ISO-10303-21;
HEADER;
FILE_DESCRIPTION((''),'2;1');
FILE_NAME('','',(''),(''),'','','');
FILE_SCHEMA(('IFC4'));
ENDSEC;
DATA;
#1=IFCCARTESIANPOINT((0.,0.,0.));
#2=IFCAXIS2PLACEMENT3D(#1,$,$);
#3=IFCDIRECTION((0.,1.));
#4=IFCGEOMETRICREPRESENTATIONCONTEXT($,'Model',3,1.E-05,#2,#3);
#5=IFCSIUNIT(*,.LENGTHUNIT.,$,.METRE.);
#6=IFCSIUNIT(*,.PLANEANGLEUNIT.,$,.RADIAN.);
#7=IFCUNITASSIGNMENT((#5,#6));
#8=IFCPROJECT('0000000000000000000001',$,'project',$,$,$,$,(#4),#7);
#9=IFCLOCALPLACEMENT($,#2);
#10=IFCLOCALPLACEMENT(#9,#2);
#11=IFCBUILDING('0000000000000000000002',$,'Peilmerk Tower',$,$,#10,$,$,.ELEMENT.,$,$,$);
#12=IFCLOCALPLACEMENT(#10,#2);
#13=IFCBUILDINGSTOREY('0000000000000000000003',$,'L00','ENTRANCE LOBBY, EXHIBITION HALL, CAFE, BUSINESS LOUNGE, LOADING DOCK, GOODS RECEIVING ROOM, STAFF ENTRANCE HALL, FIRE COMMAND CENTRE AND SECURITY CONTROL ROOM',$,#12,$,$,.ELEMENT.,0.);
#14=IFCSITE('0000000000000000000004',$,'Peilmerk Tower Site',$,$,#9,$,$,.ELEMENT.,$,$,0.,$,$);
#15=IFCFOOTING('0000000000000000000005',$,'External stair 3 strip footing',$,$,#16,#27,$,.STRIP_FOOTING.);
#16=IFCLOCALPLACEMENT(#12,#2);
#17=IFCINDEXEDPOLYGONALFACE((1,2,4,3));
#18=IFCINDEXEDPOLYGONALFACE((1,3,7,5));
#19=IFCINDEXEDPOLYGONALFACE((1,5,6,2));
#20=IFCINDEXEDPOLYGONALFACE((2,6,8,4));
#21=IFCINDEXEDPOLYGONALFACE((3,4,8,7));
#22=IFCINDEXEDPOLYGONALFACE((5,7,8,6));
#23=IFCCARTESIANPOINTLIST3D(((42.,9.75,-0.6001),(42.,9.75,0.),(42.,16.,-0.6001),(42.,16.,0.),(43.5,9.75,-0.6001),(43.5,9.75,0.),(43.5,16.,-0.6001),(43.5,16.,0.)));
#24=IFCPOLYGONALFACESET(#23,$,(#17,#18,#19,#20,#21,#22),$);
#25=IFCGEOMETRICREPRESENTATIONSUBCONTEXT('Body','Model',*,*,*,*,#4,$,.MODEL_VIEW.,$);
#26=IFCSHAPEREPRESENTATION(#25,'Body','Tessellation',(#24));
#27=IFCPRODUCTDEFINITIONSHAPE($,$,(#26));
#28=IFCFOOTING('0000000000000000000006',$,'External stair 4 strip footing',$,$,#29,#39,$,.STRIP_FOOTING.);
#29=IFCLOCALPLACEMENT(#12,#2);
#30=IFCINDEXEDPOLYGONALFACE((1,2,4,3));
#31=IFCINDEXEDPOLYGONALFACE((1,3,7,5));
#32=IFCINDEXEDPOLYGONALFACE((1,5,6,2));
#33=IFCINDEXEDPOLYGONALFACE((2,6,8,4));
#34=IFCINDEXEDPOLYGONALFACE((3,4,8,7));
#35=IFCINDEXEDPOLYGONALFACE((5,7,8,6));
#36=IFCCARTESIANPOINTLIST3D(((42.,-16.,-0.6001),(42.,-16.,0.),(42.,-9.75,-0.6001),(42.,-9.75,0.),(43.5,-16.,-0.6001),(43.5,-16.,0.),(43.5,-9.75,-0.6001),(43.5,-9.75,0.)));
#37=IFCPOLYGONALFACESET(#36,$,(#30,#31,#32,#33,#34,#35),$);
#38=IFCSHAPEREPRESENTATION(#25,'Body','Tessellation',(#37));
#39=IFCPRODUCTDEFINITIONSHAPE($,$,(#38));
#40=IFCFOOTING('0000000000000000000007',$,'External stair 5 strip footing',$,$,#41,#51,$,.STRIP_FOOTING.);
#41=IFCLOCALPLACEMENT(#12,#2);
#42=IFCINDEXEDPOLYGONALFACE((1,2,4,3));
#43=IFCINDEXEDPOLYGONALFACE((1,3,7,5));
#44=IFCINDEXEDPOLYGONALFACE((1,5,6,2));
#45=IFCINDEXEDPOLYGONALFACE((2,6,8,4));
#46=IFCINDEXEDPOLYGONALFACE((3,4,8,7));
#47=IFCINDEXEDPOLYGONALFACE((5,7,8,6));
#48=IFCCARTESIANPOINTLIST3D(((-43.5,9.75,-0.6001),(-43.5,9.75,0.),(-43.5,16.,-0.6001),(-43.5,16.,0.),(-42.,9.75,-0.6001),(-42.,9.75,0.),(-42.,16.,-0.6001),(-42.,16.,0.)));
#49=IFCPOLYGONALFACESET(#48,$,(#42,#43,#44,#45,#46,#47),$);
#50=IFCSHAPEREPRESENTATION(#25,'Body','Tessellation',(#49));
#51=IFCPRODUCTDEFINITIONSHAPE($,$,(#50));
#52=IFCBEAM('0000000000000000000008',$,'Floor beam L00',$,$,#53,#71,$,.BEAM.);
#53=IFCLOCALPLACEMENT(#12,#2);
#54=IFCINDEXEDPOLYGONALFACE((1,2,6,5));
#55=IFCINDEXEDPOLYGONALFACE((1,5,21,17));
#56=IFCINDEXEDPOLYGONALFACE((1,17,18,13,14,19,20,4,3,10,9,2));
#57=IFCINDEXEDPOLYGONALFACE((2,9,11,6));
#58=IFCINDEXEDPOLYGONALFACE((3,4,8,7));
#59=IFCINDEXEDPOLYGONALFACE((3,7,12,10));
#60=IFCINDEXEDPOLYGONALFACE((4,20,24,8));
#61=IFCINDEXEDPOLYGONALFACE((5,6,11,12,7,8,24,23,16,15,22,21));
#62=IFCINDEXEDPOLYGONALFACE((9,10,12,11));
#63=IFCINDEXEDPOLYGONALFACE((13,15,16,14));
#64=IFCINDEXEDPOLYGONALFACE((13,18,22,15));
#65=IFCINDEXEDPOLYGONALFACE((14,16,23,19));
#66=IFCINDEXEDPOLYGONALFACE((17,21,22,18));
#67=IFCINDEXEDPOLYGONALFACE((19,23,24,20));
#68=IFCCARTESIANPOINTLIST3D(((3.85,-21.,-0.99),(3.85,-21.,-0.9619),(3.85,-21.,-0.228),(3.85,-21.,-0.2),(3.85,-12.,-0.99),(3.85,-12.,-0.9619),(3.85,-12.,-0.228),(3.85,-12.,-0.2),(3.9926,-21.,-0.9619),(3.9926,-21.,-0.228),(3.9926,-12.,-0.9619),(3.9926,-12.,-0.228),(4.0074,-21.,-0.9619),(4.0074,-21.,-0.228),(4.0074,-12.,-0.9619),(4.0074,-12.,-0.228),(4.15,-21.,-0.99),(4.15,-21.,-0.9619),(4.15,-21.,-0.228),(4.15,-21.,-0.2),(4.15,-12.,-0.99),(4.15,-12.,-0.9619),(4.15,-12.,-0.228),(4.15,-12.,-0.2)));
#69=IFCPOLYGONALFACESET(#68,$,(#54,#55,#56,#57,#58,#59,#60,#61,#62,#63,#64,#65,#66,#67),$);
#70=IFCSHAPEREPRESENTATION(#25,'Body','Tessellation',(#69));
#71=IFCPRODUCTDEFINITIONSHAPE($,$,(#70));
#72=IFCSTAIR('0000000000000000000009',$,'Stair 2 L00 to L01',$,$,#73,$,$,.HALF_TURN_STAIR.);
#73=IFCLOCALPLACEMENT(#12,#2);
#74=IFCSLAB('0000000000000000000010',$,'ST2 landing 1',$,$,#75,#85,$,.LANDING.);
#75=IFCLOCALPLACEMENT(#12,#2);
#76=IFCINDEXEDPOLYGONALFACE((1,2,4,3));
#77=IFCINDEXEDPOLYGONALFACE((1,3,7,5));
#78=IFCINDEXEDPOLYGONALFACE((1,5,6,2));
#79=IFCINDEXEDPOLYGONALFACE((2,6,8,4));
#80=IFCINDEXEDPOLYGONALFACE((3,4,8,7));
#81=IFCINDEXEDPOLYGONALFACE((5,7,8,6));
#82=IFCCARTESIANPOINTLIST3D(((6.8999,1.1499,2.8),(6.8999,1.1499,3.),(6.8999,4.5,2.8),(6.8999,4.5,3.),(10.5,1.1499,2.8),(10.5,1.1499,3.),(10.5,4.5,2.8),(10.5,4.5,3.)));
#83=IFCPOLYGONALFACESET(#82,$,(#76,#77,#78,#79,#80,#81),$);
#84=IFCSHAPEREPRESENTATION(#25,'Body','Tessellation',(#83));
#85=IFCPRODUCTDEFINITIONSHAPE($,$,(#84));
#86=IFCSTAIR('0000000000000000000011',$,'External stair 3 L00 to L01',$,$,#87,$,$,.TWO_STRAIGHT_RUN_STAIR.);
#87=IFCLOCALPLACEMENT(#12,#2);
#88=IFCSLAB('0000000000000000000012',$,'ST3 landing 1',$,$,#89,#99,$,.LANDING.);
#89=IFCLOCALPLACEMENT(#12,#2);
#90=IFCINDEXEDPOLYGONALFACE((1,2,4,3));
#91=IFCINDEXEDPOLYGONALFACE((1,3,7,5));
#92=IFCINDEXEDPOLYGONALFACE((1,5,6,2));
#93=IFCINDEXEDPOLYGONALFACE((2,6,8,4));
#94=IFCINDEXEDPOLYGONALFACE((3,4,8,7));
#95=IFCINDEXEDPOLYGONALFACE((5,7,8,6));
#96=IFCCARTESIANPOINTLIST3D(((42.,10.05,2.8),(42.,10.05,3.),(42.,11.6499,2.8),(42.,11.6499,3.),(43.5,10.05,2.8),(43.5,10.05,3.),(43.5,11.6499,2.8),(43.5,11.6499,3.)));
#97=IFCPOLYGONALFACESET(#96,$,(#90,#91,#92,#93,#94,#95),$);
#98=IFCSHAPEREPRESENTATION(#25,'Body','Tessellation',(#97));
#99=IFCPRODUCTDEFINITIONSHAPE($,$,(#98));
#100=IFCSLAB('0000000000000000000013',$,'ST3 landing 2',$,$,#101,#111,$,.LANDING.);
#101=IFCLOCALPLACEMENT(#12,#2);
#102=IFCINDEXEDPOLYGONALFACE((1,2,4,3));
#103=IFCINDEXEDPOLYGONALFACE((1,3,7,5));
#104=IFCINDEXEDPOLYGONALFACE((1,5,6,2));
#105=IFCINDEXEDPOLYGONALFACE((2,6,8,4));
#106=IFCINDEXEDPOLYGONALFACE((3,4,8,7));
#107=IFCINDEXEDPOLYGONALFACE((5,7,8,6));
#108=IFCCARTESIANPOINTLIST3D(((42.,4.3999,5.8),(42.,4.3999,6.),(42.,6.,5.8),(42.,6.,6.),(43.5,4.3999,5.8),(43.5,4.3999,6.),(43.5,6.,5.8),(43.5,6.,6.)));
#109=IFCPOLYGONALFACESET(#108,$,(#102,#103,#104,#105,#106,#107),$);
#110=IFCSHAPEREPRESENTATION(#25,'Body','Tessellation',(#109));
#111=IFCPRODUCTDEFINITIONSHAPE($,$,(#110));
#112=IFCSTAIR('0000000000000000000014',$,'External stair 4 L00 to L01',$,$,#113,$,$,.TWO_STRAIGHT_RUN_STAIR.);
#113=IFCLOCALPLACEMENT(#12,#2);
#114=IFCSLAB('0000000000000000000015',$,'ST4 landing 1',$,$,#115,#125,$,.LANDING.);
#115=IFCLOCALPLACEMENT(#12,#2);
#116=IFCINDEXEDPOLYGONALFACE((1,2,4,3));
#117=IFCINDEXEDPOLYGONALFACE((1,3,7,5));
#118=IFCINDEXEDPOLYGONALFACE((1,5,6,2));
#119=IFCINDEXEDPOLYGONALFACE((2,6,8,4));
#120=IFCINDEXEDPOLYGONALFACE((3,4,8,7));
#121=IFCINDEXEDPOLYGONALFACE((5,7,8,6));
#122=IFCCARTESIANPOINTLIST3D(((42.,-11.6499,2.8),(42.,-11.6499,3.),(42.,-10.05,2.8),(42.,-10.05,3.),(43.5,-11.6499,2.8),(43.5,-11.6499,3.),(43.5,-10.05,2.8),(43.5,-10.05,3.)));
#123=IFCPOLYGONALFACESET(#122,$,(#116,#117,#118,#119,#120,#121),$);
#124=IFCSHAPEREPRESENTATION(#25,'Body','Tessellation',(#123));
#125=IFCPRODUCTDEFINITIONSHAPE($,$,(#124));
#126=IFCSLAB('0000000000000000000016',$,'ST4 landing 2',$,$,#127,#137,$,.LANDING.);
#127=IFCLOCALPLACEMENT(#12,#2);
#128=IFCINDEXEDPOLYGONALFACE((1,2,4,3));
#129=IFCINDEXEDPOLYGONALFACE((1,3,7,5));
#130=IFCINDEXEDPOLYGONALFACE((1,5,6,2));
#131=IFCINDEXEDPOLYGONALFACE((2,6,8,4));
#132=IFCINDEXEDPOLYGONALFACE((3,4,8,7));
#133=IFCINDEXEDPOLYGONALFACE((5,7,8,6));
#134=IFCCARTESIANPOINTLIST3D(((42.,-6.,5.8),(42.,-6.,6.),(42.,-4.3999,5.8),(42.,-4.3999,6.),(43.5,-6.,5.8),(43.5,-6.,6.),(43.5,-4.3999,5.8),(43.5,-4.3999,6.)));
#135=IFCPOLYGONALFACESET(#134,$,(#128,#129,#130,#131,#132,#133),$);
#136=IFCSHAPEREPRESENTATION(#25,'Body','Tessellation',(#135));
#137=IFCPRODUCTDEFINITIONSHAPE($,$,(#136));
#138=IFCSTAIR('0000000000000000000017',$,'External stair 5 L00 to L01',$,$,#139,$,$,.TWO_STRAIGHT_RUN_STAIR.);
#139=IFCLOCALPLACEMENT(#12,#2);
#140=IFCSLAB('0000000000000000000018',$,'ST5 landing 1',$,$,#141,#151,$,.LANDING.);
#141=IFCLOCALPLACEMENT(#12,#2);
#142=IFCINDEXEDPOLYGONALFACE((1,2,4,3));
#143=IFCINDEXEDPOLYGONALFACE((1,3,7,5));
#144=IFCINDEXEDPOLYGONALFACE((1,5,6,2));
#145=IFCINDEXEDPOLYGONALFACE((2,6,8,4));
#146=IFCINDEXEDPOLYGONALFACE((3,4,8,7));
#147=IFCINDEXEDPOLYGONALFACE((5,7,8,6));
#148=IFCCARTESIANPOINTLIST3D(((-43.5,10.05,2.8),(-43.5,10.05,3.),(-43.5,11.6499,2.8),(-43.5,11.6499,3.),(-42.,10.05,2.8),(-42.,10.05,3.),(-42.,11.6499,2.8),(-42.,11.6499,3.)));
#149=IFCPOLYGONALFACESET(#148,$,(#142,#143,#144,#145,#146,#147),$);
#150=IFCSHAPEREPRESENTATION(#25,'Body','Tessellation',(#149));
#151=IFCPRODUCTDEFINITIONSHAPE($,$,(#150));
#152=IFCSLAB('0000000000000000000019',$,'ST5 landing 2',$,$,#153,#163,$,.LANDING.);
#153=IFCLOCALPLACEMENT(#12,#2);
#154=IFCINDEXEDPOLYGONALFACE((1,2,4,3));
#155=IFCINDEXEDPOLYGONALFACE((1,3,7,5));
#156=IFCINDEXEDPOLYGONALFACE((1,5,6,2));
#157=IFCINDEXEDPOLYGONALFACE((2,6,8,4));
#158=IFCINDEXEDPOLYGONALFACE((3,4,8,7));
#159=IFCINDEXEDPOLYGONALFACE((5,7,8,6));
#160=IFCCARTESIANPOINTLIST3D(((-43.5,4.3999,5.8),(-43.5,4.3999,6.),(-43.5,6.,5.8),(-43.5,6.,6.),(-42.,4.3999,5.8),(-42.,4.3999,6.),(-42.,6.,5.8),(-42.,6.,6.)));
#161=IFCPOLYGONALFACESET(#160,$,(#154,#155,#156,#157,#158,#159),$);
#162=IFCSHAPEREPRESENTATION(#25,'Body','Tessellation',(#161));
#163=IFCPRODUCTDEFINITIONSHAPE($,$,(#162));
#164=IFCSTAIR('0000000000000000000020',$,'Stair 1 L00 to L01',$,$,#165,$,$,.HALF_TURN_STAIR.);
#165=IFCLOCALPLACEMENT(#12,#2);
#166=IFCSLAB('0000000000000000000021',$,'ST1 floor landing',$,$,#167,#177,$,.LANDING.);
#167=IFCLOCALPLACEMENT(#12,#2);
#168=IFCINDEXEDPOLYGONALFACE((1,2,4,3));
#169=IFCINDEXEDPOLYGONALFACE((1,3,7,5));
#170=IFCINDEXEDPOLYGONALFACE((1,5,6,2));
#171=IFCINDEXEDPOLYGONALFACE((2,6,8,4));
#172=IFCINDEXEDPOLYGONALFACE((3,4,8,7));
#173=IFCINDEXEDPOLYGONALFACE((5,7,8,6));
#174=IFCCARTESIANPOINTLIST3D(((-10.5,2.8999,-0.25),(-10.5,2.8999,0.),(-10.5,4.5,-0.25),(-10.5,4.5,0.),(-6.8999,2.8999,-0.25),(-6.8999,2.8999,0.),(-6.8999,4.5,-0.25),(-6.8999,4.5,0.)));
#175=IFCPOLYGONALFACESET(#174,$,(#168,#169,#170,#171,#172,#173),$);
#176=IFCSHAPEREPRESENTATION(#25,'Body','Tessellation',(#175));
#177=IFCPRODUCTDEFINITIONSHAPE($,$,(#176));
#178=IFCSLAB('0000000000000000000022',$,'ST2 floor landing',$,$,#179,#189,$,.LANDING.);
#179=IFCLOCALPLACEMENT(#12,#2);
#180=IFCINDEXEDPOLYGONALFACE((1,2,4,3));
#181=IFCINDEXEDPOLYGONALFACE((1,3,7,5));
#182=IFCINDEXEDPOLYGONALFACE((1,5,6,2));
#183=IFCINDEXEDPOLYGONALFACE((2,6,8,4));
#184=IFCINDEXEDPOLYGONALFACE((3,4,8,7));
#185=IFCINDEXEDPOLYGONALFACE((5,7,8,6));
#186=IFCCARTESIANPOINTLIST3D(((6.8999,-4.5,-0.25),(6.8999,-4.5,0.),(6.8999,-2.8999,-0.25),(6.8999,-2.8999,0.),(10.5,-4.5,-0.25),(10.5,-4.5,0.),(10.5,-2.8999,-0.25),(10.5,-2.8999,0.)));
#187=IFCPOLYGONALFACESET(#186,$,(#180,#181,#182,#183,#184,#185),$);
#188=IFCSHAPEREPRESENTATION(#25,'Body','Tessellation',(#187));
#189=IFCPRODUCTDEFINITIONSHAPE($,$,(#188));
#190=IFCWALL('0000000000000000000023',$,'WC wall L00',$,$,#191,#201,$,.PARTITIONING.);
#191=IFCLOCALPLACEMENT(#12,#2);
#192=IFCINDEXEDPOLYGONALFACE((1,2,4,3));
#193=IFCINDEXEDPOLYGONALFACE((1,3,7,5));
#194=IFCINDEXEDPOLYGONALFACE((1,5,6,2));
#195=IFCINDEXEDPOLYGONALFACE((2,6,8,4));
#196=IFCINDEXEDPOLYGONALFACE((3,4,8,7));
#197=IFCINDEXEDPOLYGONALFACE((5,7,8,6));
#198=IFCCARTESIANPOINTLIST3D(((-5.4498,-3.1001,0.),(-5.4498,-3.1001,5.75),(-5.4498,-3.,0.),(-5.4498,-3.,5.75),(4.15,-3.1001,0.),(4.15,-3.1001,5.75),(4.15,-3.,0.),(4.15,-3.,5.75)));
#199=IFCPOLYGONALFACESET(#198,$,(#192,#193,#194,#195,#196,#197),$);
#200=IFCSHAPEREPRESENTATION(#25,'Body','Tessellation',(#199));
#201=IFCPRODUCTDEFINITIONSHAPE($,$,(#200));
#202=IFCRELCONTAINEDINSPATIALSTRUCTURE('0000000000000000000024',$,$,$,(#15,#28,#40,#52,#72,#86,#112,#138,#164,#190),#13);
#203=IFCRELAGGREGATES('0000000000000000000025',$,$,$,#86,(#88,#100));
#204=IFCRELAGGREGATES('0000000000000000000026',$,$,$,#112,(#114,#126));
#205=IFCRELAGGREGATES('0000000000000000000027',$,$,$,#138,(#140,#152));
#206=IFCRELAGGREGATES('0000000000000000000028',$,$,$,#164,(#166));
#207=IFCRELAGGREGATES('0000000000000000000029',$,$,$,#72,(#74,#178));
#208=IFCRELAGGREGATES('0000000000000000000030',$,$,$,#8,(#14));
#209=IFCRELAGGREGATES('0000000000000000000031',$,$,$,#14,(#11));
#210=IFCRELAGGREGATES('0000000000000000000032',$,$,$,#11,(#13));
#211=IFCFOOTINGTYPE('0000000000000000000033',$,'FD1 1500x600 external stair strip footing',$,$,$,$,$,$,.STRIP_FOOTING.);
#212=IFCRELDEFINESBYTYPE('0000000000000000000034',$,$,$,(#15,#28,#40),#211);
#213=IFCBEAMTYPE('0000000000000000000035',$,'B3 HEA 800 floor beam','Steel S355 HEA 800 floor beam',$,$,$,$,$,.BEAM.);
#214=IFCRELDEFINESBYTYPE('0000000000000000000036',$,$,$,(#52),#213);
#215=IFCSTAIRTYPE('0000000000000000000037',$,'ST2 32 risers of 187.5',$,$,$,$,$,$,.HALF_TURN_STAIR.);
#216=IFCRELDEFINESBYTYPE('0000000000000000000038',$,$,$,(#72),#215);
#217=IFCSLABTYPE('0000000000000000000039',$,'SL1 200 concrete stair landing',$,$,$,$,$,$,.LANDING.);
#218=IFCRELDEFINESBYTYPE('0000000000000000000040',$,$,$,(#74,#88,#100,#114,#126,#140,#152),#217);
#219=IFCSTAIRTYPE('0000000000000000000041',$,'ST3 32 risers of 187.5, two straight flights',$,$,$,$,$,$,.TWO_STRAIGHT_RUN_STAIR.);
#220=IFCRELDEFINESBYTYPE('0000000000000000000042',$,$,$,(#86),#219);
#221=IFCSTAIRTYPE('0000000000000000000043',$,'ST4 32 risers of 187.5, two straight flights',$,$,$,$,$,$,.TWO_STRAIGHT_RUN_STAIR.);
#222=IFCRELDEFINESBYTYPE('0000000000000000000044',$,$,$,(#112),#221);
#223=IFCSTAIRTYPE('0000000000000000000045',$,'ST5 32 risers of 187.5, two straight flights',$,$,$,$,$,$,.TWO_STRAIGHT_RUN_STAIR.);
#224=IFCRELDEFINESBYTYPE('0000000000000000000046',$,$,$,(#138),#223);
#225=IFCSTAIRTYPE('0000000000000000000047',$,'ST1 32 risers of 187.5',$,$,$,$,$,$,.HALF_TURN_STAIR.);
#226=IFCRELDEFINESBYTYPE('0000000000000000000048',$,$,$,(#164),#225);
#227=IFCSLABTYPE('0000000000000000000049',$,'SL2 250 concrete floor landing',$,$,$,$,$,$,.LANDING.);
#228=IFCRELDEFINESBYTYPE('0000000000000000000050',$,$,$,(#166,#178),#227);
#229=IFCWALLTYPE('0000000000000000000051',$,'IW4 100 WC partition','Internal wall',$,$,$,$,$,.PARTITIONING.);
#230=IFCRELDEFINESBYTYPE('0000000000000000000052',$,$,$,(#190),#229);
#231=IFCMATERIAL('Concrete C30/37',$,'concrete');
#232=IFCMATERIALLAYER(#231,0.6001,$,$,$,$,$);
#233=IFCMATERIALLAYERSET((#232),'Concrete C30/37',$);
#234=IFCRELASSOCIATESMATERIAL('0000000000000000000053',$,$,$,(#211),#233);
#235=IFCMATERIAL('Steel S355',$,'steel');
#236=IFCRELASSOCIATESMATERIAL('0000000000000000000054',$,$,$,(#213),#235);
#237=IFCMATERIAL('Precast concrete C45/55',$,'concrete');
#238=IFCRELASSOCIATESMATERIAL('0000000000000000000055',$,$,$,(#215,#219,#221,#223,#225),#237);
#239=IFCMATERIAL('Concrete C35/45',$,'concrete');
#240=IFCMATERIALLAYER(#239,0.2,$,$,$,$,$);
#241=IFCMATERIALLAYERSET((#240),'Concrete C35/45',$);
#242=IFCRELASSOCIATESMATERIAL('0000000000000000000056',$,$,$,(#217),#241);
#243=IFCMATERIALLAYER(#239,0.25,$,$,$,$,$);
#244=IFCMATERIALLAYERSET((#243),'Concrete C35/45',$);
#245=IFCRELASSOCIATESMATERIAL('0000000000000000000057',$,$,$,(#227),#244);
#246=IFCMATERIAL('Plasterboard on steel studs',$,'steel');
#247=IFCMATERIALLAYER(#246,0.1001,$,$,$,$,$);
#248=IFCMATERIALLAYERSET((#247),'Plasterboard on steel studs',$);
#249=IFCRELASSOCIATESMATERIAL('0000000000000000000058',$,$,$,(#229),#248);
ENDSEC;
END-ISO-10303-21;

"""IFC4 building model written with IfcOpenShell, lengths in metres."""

from ifc_helpers import new_model, si_unit, direction, frame, frame_2d, origin, origin_2d, place, context, subcontext, project, spatial, polyline, rectangle, i_section, outline, extrude, material, layer, layer_set, material_profile, profile_set, type_object, element, aggregate, save


model = new_model("IFC4")

# Units and contexts
model_context = context("Model", 3, precision=1e-05, world=origin(), true_north=direction((0.0, 1.0)))
body_context = subcontext(model_context, "Body", "Model", "MODEL_VIEW")
ifc_project = project(units=[si_unit("LENGTHUNIT", "METRE"), si_unit("PLANEANGLEUNIT", "RADIAN")], contexts=[model_context])

# Site, building, storey
site_placement = place(None, origin())
site = spatial("IfcSite", under=ifc_project, at=site_placement, Name="Peilmerk Tower Site", CompositionType="ELEMENT", RefElevation=0.0)
building_placement = place(site_placement, origin())
building = spatial("IfcBuilding", under=site, at=building_placement, Name="Peilmerk Tower", CompositionType="ELEMENT")
storey_placement = place(building_placement, origin())
storey = spatial("IfcBuildingStorey", under=building, at=storey_placement, Name="L00", Description="ENTRANCE LOBBY, EXHIBITION HALL, CAFE, BUSINESS LOUNGE, LOADING DOCK, GOODS RECEIVING ROOM, STAFF ENTRANCE HALL, FIRE COMMAND CENTRE AND SECURITY CONTROL ROOM", CompositionType="ELEMENT", Elevation=0.0)

# Footings
ifc_material_1 = material(Name="Concrete C30/37", Category="concrete")
ifc_layer_1 = layer(ifc_material_1, 0.6001)
ifc_layer_set_1 = layer_set([ifc_layer_1], Name="Concrete C30/37")
footing_type = type_object("IfcFootingType", Name="FD1 1500x600 external stair strip footing", PredefinedType="STRIP_FOOTING", material=ifc_layer_set_1)
footing_1_placement = place(storey_placement, frame((0.0, 0.0, -0.6001)))
element("IfcFooting", 1, at=footing_1_placement, inside=storey, type_object=footing_type, Name="External stair 3 strip footing", PredefinedType="STRIP_FOOTING", context=body_context, shape_type="SweptSolid", body=[
    extrude(outline(polyline([(42.0, 9.75), (43.5, 9.75), (43.5, 16.0), (42.0, 16.0), (42.0, 9.75)])), origin(), (0.0, 0.0, 1.0), 0.6001),
])
footing_2_placement = place(storey_placement, frame((0.0, 0.0, -0.6001)))
element("IfcFooting", 2, at=footing_2_placement, inside=storey, type_object=footing_type, Name="External stair 4 strip footing", PredefinedType="STRIP_FOOTING", context=body_context, shape_type="SweptSolid", body=[
    extrude(outline(polyline([(42.0, -16.0), (43.5, -16.0), (43.5, -9.75), (42.0, -9.75), (42.0, -16.0)])), origin(), (0.0, 0.0, 1.0), 0.6001),
])
footing_3_placement = place(storey_placement, frame((0.0, 0.0, -0.6001)))
element("IfcFooting", 3, at=footing_3_placement, inside=storey, type_object=footing_type, Name="External stair 5 strip footing", PredefinedType="STRIP_FOOTING", context=body_context, shape_type="SweptSolid", body=[
    extrude(outline(polyline([(-43.5, 9.75), (-42.0, 9.75), (-42.0, 16.0), (-43.5, 16.0), (-43.5, 9.75)])), origin(), (0.0, 0.0, 1.0), 0.6001),
])

# Beam
ifc_material_2 = material(Name="Steel S355", Category="steel")
ifc_material_profile = material_profile(ifc_material_2, i_section(OverallWidth=0.3, OverallDepth=0.79, WebThickness=0.0149, FlangeThickness=0.0281, at=origin_2d()), Name="HEA 800")
ifc_profile_set = profile_set([ifc_material_profile], Name="Steel S355")
beam_type = type_object("IfcBeamType", Name="B3 HEA 800 floor beam", Description="Steel S355 HEA 800 floor beam", PredefinedType="BEAM", material=ifc_profile_set)
beam_placement = place(storey_placement, frame((4.0, -12.0, -0.595), z_axis=(0.0, -1.0, 0.0), x_axis=(1.0, 0.0, 0.0)))
element("IfcBeam", 4, at=beam_placement, inside=storey, type_object=beam_type, Name="Floor beam L00", PredefinedType="BEAM", context=body_context, shape_type="SweptSolid", body=[
    extrude(i_section(OverallWidth=0.3, OverallDepth=0.79, WebThickness=0.0149, FlangeThickness=0.0281, at=origin_2d()), origin(), (0.0, 0.0, 1.0), 9.0),
])

# Stair, slab
ifc_material_3 = material(Name="Precast concrete C45/55", Category="concrete")
stair_type_1 = type_object("IfcStairType", Name="ST2 32 risers of 187.5", PredefinedType="HALF_TURN_STAIR", material=ifc_material_3)
stair_1_placement = place(storey_placement, origin())
stair_1 = element("IfcStair", 5, at=stair_1_placement, inside=storey, type_object=stair_type_1, Name="Stair 2 L00 to L01", PredefinedType="HALF_TURN_STAIR")
ifc_material_4 = material(Name="Concrete C35/45", Category="concrete")
ifc_layer_2 = layer(ifc_material_4, 0.2)
ifc_layer_set_2 = layer_set([ifc_layer_2], Name="Concrete C35/45")
slab_type_1 = type_object("IfcSlabType", Name="SL1 200 concrete stair landing", PredefinedType="LANDING", material=ifc_layer_set_2)
slab_1_placement = place(storey_placement, frame((0.0, 0.0, 2.8)))
slab_1 = element("IfcSlab", 6, at=slab_1_placement, type_object=slab_type_1, Name="ST2 landing 1", PredefinedType="LANDING", context=body_context, shape_type="SweptSolid", body=[
    extrude(outline(polyline([(6.8999, 1.1499), (10.5, 1.1499), (10.5, 4.5), (6.8999, 4.5), (6.8999, 1.1499)])), origin(), (0.0, 0.0, 1.0), 0.2),
])

# Stairs, slabs
stair_type_2 = type_object("IfcStairType", Name="ST3 32 risers of 187.5, two straight flights", PredefinedType="TWO_STRAIGHT_RUN_STAIR", material=ifc_material_3)
stair_2_placement = place(storey_placement, origin())
stair_2 = element("IfcStair", 7, at=stair_2_placement, inside=storey, type_object=stair_type_2, Name="External stair 3 L00 to L01", PredefinedType="TWO_STRAIGHT_RUN_STAIR")
slab_2_placement = place(storey_placement, frame((0.0, 0.0, 2.8)))
slab_2 = element("IfcSlab", 8, at=slab_2_placement, type_object=slab_type_1, Name="ST3 landing 1", PredefinedType="LANDING", context=body_context, shape_type="SweptSolid", body=[
    extrude(outline(polyline([(42.0, 10.05), (43.5, 10.05), (43.5, 11.6499), (42.0, 11.6499), (42.0, 10.05)])), origin(), (0.0, 0.0, 1.0), 0.2),
])
slab_3_placement = place(storey_placement, frame((0.0, 0.0, 5.8)))
slab_3 = element("IfcSlab", 9, at=slab_3_placement, type_object=slab_type_1, Name="ST3 landing 2", PredefinedType="LANDING", context=body_context, shape_type="SweptSolid", body=[
    extrude(outline(polyline([(42.0, 4.3999), (43.5, 4.3999), (43.5, 6.0), (42.0, 6.0), (42.0, 4.3999)])), origin(), (0.0, 0.0, 1.0), 0.2),
])
aggregate(stair_2, [slab_2, slab_3])
stair_type_3 = type_object("IfcStairType", Name="ST4 32 risers of 187.5, two straight flights", PredefinedType="TWO_STRAIGHT_RUN_STAIR", material=ifc_material_3)
stair_3_placement = place(storey_placement, origin())
stair_3 = element("IfcStair", 10, at=stair_3_placement, inside=storey, type_object=stair_type_3, Name="External stair 4 L00 to L01", PredefinedType="TWO_STRAIGHT_RUN_STAIR")
slab_4_placement = place(storey_placement, frame((0.0, 0.0, 2.8)))
slab_4 = element("IfcSlab", 11, at=slab_4_placement, type_object=slab_type_1, Name="ST4 landing 1", PredefinedType="LANDING", context=body_context, shape_type="SweptSolid", body=[
    extrude(outline(polyline([(42.0, -11.6499), (43.5, -11.6499), (43.5, -10.05), (42.0, -10.05), (42.0, -11.6499)])), origin(), (0.0, 0.0, 1.0), 0.2),
])
slab_5_placement = place(storey_placement, frame((0.0, 0.0, 5.8)))
slab_5 = element("IfcSlab", 12, at=slab_5_placement, type_object=slab_type_1, Name="ST4 landing 2", PredefinedType="LANDING", context=body_context, shape_type="SweptSolid", body=[
    extrude(outline(polyline([(42.0, -6.0), (43.5, -6.0), (43.5, -4.3999), (42.0, -4.3999), (42.0, -6.0)])), origin(), (0.0, 0.0, 1.0), 0.2),
])
aggregate(stair_3, [slab_4, slab_5])
stair_type_4 = type_object("IfcStairType", Name="ST5 32 risers of 187.5, two straight flights", PredefinedType="TWO_STRAIGHT_RUN_STAIR", material=ifc_material_3)
stair_4_placement = place(storey_placement, origin())
stair_4 = element("IfcStair", 13, at=stair_4_placement, inside=storey, type_object=stair_type_4, Name="External stair 5 L00 to L01", PredefinedType="TWO_STRAIGHT_RUN_STAIR")
slab_6_placement = place(storey_placement, frame((0.0, 0.0, 2.8)))
slab_6 = element("IfcSlab", 14, at=slab_6_placement, type_object=slab_type_1, Name="ST5 landing 1", PredefinedType="LANDING", context=body_context, shape_type="SweptSolid", body=[
    extrude(outline(polyline([(-43.5, 10.05), (-42.0, 10.05), (-42.0, 11.6499), (-43.5, 11.6499), (-43.5, 10.05)])), origin(), (0.0, 0.0, 1.0), 0.2),
])
slab_7_placement = place(storey_placement, frame((0.0, 0.0, 5.8)))
slab_7 = element("IfcSlab", 15, at=slab_7_placement, type_object=slab_type_1, Name="ST5 landing 2", PredefinedType="LANDING", context=body_context, shape_type="SweptSolid", body=[
    extrude(outline(polyline([(-43.5, 4.3999), (-42.0, 4.3999), (-42.0, 6.0), (-43.5, 6.0), (-43.5, 4.3999)])), origin(), (0.0, 0.0, 1.0), 0.2),
])
aggregate(stair_4, [slab_6, slab_7])

# Stair, slab
stair_type_5 = type_object("IfcStairType", Name="ST1 32 risers of 187.5", PredefinedType="HALF_TURN_STAIR", material=ifc_material_3)
stair_5_placement = place(storey_placement, origin())
stair_5 = element("IfcStair", 16, at=stair_5_placement, inside=storey, type_object=stair_type_5, Name="Stair 1 L00 to L01", PredefinedType="HALF_TURN_STAIR")
ifc_layer_3 = layer(ifc_material_4, 0.25)
ifc_layer_set_3 = layer_set([ifc_layer_3], Name="Concrete C35/45")
slab_type_2 = type_object("IfcSlabType", Name="SL2 250 concrete floor landing", PredefinedType="LANDING", material=ifc_layer_set_3)
slab_8_placement = place(storey_placement, frame((0.0, 0.0, -0.25)))
slab_8 = element("IfcSlab", 17, at=slab_8_placement, type_object=slab_type_2, Name="ST1 floor landing", PredefinedType="LANDING", context=body_context, shape_type="SweptSolid", body=[
    extrude(outline(polyline([(-10.5, 2.8999), (-6.8999, 2.8999), (-6.8999, 4.5), (-10.5, 4.5), (-10.5, 2.8999)])), origin(), (0.0, 0.0, 1.0), 0.25),
])
aggregate(stair_5, [slab_8])

# Slab
slab_9_placement = place(storey_placement, frame((0.0, 0.0, -0.25)))
slab_9 = element("IfcSlab", 18, at=slab_9_placement, type_object=slab_type_2, Name="ST2 floor landing", PredefinedType="LANDING", context=body_context, shape_type="SweptSolid", body=[
    extrude(outline(polyline([(6.8999, -4.5), (10.5, -4.5), (10.5, -2.8999), (6.8999, -2.8999), (6.8999, -4.5)])), origin(), (0.0, 0.0, 1.0), 0.25),
])
aggregate(stair_1, [slab_1, slab_9])

# Wall
ifc_material_5 = material(Name="Plasterboard on steel studs", Category="steel")
ifc_layer_4 = layer(ifc_material_5, 0.1001)
ifc_layer_set_4 = layer_set([ifc_layer_4], Name="Plasterboard on steel studs")
wall_type_1 = type_object("IfcWallType", Name="IW4 100 WC partition", Description="Internal wall", PredefinedType="PARTITIONING", material=ifc_layer_set_4)
wall_1_placement = place(storey_placement, frame((4.1499, -3.05, 0.0), z_axis=(0.0, 0.0, 1.0), x_axis=(-1.0, 0.0, 0.0)))
element("IfcWall", 19, at=wall_1_placement, inside=storey, type_object=wall_type_1, Name="WC wall L00", PredefinedType="PARTITIONING", context=body_context, shape_type="SweptSolid", body=[
    extrude(rectangle(XDim=9.5999, YDim=0.1001, at=frame_2d((4.7998, 0.0))), origin(), (0.0, 0.0, 1.0), 5.75),
])

save(model, "model.ifc")
